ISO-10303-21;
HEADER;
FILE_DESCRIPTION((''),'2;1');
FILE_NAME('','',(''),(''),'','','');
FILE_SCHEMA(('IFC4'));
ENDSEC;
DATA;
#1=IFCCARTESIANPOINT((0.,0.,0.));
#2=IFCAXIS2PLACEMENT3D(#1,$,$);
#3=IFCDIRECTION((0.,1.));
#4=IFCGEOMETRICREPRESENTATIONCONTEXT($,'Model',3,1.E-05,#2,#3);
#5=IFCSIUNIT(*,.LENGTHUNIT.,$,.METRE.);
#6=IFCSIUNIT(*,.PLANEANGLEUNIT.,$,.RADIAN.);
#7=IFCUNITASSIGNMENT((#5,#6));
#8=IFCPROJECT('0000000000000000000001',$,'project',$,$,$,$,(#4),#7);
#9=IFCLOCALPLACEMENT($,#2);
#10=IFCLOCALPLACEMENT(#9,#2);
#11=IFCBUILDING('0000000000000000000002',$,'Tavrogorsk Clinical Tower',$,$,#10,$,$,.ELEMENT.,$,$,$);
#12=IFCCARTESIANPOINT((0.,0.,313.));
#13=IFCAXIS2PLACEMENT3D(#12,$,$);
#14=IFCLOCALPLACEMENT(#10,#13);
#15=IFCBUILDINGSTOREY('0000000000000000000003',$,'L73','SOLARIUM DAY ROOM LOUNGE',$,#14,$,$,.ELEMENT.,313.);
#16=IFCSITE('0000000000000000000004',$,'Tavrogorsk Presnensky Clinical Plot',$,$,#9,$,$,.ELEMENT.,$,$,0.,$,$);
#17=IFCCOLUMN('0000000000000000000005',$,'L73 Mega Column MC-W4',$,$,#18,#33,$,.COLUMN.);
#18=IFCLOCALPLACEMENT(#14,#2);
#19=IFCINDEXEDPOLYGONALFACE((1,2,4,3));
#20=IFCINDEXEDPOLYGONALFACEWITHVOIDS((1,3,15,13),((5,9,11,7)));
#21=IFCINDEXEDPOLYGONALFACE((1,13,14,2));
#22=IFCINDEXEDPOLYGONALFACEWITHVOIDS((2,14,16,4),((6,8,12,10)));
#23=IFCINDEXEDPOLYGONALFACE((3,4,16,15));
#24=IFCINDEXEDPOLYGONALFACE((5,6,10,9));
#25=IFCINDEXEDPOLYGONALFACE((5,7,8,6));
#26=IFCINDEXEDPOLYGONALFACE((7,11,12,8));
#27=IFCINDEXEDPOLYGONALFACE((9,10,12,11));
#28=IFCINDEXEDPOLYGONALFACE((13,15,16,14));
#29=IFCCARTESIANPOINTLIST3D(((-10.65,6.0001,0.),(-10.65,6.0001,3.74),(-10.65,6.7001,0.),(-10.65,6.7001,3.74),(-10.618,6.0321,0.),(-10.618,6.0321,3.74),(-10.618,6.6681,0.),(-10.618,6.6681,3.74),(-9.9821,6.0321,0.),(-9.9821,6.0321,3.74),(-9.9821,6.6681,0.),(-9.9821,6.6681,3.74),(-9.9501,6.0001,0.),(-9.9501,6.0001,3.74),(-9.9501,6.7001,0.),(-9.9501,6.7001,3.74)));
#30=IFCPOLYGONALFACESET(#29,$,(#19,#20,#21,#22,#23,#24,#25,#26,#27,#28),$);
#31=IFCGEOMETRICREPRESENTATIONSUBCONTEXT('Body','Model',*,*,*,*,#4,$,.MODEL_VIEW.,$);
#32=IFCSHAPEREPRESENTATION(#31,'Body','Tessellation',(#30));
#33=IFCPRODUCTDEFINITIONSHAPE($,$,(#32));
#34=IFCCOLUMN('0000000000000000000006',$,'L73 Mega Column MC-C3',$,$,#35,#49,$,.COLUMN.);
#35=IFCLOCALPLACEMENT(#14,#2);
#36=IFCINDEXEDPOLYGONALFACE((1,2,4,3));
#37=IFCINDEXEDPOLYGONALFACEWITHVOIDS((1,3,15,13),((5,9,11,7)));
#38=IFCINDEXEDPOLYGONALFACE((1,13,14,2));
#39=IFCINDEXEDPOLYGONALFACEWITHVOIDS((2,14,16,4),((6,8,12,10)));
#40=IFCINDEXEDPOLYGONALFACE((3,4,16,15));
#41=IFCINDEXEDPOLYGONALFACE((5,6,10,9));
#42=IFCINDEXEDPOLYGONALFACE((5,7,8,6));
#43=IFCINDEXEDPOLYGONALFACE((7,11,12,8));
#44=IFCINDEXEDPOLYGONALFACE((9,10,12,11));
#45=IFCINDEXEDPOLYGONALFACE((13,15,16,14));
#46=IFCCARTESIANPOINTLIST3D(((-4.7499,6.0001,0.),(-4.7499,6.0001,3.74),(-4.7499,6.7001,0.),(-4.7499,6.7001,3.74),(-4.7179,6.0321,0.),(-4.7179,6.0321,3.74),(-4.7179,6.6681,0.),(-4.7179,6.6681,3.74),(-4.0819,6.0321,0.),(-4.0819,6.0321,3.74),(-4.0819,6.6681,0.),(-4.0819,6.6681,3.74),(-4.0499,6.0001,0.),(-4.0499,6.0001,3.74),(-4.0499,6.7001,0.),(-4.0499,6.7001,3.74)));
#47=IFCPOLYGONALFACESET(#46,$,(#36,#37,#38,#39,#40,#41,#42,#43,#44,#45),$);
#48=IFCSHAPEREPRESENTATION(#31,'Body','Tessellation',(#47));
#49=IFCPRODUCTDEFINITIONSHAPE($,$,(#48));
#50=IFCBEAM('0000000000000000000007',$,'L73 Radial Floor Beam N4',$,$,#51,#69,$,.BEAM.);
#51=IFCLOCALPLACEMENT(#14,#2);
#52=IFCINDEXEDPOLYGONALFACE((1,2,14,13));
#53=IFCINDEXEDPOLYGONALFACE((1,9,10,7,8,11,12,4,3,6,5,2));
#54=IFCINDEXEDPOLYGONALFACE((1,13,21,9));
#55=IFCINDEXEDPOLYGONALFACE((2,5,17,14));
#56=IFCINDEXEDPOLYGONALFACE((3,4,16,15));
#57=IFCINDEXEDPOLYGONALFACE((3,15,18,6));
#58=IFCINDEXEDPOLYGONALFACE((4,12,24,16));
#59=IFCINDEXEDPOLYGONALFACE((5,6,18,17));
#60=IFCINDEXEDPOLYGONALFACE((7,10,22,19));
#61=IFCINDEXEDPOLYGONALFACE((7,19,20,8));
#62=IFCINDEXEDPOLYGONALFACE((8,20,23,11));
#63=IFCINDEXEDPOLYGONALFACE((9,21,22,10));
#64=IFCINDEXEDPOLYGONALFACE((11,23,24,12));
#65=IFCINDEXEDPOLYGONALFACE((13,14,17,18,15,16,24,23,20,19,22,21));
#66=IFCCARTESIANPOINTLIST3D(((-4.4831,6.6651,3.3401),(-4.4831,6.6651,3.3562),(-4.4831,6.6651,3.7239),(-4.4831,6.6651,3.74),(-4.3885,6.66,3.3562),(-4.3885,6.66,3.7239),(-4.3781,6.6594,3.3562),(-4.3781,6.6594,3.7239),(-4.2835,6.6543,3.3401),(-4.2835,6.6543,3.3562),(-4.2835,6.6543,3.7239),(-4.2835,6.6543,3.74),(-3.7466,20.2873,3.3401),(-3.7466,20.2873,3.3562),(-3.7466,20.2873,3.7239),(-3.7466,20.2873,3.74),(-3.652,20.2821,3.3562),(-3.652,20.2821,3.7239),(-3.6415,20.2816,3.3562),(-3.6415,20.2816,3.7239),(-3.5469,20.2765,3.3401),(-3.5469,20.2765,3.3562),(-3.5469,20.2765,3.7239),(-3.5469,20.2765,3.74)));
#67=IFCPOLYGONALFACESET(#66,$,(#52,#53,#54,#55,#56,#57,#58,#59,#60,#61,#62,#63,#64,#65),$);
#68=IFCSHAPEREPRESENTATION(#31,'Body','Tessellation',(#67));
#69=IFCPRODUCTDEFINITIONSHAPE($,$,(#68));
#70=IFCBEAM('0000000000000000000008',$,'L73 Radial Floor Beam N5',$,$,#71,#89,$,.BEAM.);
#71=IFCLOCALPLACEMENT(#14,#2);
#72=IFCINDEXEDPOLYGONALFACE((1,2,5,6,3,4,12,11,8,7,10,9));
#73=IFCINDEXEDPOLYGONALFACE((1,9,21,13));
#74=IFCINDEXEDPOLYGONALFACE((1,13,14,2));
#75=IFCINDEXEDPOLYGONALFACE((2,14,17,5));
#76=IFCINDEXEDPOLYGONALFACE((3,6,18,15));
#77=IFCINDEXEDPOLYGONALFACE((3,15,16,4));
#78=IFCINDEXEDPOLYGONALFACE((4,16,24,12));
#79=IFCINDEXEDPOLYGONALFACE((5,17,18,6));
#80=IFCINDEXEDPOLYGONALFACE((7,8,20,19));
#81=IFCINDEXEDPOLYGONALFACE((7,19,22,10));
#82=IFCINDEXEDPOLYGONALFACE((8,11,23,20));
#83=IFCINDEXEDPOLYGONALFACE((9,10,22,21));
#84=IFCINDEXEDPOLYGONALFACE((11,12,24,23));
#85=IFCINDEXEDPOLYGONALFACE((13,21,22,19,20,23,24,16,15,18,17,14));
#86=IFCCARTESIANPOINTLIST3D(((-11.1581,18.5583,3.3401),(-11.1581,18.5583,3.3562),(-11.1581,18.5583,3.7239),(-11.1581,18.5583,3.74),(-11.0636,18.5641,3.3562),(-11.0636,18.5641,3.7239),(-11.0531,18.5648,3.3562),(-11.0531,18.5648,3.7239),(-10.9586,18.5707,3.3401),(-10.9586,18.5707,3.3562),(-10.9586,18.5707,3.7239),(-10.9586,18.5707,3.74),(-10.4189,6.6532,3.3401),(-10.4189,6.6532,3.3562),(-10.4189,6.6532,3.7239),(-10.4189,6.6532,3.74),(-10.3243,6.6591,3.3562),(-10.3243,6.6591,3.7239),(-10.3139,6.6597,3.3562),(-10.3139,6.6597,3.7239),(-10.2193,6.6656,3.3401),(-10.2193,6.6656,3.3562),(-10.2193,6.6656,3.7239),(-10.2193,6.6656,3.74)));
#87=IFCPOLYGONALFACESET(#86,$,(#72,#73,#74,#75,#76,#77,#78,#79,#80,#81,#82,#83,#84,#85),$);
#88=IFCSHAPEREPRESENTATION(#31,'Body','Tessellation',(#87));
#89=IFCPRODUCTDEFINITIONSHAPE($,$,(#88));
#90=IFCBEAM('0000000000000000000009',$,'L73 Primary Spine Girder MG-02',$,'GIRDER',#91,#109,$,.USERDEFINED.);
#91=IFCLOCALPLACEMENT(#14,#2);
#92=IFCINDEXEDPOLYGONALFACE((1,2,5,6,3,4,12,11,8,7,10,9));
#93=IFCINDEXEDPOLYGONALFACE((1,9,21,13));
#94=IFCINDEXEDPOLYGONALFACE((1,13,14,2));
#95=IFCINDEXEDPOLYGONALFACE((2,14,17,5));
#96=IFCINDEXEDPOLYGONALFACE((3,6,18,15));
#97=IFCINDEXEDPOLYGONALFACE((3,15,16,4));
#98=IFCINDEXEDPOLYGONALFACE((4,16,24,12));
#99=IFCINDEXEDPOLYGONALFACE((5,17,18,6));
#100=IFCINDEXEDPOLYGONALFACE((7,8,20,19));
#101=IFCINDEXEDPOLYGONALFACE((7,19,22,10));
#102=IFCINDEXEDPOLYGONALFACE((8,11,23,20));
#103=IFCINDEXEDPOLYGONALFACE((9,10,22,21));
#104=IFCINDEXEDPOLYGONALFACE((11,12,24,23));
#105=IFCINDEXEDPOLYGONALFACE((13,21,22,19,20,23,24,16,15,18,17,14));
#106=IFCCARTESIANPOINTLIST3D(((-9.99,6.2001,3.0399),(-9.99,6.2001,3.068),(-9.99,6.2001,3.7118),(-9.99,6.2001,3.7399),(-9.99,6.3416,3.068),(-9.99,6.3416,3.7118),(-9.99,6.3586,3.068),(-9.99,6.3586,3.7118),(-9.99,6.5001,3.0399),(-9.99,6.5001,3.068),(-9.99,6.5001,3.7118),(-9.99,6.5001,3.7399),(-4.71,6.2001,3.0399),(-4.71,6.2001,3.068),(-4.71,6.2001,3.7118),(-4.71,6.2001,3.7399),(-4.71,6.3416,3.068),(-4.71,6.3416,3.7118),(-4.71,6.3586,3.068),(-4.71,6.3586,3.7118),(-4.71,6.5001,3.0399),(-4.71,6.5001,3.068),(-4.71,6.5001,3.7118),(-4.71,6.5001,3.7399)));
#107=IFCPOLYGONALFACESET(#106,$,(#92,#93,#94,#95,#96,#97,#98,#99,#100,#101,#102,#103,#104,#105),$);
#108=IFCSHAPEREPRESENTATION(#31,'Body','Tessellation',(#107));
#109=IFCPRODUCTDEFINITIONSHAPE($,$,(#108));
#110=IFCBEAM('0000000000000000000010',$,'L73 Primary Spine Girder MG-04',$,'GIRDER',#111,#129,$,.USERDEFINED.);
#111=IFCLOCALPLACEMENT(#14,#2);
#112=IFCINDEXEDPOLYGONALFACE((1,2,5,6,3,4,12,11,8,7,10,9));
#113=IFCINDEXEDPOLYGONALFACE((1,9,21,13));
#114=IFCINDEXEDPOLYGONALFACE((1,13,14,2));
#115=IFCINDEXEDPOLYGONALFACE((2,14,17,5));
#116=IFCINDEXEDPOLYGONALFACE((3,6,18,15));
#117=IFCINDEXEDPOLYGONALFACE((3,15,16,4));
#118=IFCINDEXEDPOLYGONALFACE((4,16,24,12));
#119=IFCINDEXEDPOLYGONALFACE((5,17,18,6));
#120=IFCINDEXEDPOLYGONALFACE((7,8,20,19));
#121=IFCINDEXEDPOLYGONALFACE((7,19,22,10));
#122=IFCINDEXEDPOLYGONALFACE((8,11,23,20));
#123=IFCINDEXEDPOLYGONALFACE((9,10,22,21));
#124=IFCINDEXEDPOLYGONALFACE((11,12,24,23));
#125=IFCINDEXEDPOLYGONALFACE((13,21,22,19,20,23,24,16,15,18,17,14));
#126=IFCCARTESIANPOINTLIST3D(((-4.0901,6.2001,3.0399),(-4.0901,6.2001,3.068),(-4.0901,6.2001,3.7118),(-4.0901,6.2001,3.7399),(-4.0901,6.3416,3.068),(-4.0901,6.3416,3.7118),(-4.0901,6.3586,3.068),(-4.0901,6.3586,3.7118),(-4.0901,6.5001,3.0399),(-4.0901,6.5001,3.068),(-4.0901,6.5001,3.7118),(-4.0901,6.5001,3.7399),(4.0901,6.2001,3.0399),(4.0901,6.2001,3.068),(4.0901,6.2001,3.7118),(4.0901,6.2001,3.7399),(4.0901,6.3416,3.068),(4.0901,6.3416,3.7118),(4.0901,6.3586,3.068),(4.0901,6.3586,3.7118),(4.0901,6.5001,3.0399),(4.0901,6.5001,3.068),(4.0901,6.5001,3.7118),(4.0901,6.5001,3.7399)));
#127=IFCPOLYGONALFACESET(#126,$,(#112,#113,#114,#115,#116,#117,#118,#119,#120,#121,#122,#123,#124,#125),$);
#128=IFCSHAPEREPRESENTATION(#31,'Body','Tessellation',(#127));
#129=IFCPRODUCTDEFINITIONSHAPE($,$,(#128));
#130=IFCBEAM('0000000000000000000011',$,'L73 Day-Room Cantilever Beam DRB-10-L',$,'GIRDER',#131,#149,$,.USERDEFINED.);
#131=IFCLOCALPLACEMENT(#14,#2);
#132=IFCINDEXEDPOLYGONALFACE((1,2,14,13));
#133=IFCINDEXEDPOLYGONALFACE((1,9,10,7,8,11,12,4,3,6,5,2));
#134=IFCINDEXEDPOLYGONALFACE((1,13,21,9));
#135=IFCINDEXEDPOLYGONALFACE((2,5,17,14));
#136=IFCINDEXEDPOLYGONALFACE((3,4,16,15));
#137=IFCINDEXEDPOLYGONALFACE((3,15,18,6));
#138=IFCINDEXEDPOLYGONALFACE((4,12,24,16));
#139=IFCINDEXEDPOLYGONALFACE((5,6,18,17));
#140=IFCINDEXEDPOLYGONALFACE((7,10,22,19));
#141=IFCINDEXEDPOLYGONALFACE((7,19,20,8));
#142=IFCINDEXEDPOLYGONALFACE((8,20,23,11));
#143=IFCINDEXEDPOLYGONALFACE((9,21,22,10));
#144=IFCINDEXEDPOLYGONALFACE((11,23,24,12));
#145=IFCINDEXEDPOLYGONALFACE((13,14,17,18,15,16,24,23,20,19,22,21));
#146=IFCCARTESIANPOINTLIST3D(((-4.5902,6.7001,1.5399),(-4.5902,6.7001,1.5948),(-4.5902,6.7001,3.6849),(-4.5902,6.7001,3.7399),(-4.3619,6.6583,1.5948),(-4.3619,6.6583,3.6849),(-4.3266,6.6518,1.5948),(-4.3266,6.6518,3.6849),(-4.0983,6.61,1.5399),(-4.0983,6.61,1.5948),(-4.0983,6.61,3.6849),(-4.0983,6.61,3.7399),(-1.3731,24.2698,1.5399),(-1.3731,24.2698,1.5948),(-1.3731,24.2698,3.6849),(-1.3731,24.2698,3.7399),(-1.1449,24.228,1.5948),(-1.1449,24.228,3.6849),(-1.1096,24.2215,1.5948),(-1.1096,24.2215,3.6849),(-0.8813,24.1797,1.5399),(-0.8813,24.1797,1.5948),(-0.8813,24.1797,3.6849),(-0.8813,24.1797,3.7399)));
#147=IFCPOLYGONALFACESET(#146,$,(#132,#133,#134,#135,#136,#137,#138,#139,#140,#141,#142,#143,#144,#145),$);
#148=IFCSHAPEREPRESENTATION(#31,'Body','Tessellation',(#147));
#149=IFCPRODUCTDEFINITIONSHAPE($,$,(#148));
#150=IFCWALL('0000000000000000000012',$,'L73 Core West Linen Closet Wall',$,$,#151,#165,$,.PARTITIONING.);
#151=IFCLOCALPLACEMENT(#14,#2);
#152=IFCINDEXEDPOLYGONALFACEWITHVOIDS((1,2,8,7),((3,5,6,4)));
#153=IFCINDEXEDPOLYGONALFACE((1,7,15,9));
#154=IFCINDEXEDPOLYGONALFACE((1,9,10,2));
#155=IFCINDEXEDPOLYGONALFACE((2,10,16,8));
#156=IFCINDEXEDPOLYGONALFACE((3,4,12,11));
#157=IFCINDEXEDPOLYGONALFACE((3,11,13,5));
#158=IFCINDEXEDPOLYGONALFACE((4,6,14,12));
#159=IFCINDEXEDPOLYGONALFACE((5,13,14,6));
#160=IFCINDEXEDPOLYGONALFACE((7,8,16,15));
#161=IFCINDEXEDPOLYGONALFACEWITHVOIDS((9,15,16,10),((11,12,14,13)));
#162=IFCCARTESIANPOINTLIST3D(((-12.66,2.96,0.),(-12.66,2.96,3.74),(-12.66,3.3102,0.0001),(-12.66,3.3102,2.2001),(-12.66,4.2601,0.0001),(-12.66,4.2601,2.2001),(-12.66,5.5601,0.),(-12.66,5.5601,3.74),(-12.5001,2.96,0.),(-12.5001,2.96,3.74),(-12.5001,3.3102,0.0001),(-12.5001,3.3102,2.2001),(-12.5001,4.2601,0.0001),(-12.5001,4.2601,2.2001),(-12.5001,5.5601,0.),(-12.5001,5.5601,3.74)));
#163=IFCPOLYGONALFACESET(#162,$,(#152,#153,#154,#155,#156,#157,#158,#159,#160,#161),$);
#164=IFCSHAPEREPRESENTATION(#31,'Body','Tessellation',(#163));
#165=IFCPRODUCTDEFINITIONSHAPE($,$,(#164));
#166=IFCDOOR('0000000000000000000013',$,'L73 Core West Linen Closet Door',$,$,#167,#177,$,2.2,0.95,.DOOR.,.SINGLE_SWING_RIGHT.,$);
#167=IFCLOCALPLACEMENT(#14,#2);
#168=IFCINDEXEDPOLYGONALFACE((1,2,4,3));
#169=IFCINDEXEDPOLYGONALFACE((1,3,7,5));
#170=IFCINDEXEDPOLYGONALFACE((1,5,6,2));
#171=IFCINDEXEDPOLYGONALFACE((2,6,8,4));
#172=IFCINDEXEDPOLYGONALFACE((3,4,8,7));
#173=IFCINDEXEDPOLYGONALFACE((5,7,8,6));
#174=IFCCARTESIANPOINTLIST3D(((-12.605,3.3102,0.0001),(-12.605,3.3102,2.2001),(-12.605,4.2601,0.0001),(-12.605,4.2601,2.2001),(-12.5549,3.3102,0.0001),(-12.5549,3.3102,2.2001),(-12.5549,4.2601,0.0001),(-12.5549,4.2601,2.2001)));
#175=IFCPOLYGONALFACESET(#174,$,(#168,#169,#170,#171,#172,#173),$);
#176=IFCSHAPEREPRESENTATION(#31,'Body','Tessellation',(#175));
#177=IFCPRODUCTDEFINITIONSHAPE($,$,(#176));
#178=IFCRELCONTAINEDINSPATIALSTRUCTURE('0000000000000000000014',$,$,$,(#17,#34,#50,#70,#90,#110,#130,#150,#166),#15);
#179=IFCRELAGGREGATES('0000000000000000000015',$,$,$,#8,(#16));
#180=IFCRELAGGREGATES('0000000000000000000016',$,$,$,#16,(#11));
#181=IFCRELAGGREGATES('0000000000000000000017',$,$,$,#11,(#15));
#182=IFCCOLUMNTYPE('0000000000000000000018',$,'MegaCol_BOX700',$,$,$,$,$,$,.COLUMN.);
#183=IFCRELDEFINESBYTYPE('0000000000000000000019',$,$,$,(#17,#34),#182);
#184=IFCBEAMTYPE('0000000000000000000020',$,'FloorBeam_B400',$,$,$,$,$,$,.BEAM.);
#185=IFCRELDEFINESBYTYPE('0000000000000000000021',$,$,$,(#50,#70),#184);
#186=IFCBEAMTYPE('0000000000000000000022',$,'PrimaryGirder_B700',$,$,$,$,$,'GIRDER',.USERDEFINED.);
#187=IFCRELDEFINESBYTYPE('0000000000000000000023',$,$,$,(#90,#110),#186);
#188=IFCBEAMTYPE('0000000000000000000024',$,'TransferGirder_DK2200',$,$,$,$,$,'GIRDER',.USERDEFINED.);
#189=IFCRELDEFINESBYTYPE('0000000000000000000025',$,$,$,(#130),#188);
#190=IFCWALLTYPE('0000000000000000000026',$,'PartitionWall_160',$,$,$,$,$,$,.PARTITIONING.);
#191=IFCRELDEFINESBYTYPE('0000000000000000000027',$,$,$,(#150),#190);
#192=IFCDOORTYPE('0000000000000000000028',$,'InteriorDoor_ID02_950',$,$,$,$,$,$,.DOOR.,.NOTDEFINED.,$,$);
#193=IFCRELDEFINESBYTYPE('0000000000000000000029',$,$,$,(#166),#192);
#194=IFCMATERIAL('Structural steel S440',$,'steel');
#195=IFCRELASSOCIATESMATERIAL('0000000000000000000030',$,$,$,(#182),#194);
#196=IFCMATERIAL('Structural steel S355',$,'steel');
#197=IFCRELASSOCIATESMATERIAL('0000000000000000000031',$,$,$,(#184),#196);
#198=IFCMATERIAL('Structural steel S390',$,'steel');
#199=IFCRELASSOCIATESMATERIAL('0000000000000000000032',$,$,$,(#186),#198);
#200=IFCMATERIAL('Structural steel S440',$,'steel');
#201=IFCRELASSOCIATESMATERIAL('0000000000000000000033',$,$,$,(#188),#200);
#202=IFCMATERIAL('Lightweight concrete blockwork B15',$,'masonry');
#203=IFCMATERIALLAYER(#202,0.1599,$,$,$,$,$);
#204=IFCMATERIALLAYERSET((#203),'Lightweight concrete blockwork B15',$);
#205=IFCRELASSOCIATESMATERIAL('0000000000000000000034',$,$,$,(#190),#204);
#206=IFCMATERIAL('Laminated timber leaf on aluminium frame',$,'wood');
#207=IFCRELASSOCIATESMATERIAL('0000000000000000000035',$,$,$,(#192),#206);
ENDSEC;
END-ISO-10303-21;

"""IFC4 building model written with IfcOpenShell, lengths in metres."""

from ifc_helpers import new_model, si_unit, direction, frame, frame_2d, origin, origin_2d, place, context, subcontext, project, spatial, rectangle, hollow_rectangle, i_section, extrude, material, layer, layer_set, material_profile, profile_set, type_object, element, fill, save


model = new_model("IFC4")

# Units and contexts
model_context = context("Model", 3, precision=1e-05, world=origin(), true_north=direction((0.0, 1.0)))
body_context = subcontext(model_context, "Body", "Model", "MODEL_VIEW")
ifc_project = project(units=[si_unit("LENGTHUNIT", "METRE"), si_unit("PLANEANGLEUNIT", "RADIAN")], contexts=[model_context])

# Site, building, storey
site_placement = place(None, origin())
site = spatial("IfcSite", under=ifc_project, at=site_placement, Name="Tavrogorsk Presnensky Clinical Plot", CompositionType="ELEMENT", RefElevation=0.0)
building_placement = place(site_placement, origin())
building = spatial("IfcBuilding", under=site, at=building_placement, Name="Tavrogorsk Clinical Tower", CompositionType="ELEMENT")
storey_placement = place(building_placement, frame((0.0, 0.0, 313.0)))
storey = spatial("IfcBuildingStorey", under=building, at=storey_placement, Name="L73", Description="SOLARIUM DAY ROOM LOUNGE", CompositionType="ELEMENT", Elevation=313.0)

# Columns
ifc_material_1 = material(Name="Structural steel S440", Category="steel")
ifc_material_profile_1 = material_profile(ifc_material_1, hollow_rectangle(XDim=0.7, YDim=0.7, WallThickness=0.032, at=origin_2d()), Name="BOX-700x700x32")
ifc_profile_set_1 = profile_set([ifc_material_profile_1], Name="Structural steel S440")
column_type = type_object("IfcColumnType", Name="MegaCol_BOX700", PredefinedType="COLUMN", material=ifc_profile_set_1)
for number, where, z_axis, x_axis, name in (
    (1, (-10.3, 6.3501, 0.0), (0.0, 0.0, 1.0), (1.0, 0.0, 0.0), "L73 Mega Column MC-W4"),
    (2, (-4.3999, 6.3501, 0.0), (0.0, 0.0, 1.0), (1.0, 0.0, 0.0), "L73 Mega Column MC-C3"),
):
    element("IfcColumn", number, at=place(storey_placement, frame(where, z_axis=z_axis, x_axis=x_axis)), inside=storey, type_object=column_type, Name=name, PredefinedType="COLUMN", context=body_context, shape_type="SweptSolid", body=[
        extrude(hollow_rectangle(XDim=0.7, YDim=0.7, WallThickness=0.032, at=origin_2d()), origin(), (0.0, 0.0, 1.0), 3.74),
    ])

# Beams
ifc_material_2 = material(Name="Structural steel S355", Category="steel")
ifc_material_profile_2 = material_profile(ifc_material_2, i_section(OverallWidth=0.2, OverallDepth=0.3999, WebThickness=0.0105, FlangeThickness=0.0161, at=origin_2d()), Name="B-400x200x10.5x16")
ifc_profile_set_2 = profile_set([ifc_material_profile_2], Name="Structural steel S355")
beam_type_1 = type_object("IfcBeamType", Name="FloorBeam_B400", PredefinedType="BEAM", material=ifc_profile_set_2)
beam_1_placement = place(storey_placement, frame((-4.3833, 6.6597, 3.54), z_axis=(0.053993, 0.998541, 0.0), x_axis=(-0.998541, 0.053993, 0.0)))
element("IfcBeam", 3, at=beam_1_placement, inside=storey, type_object=beam_type_1, Name="L73 Radial Floor Beam N4", PredefinedType="BEAM", context=body_context, shape_type="SweptSolid", body=[
    extrude(i_section(OverallWidth=0.2, OverallDepth=0.3999, WebThickness=0.0105, FlangeThickness=0.0161, at=origin_2d()), origin(), (0.0, 0.0, 1.0), 13.6421),
])
beam_2_placement = place(storey_placement, frame((-10.3191, 6.6594, 3.54), z_axis=(-0.061977, 0.998078, 0.0), x_axis=(-0.998078, -0.061977, 0.0)))
element("IfcBeam", 4, at=beam_2_placement, inside=storey, type_object=beam_type_1, Name="L73 Radial Floor Beam N5", PredefinedType="BEAM", context=body_context, shape_type="SweptSolid", body=[
    extrude(i_section(OverallWidth=0.2, OverallDepth=0.3999, WebThickness=0.0105, FlangeThickness=0.0161, at=origin_2d()), origin(), (0.0, 0.0, 1.0), 11.928),
])
ifc_material_3 = material(Name="Structural steel S390", Category="steel")
ifc_material_profile_3 = material_profile(ifc_material_3, i_section(OverallWidth=0.3, OverallDepth=0.7, WebThickness=0.0171, FlangeThickness=0.0281, at=origin_2d()), Name="B-700x300x17x28")
ifc_profile_set_3 = profile_set([ifc_material_profile_3], Name="Structural steel S390")
beam_type_2 = type_object("IfcBeamType", Name="PrimaryGirder_B700", ElementType="GIRDER", PredefinedType="USERDEFINED", material=ifc_profile_set_3)
beam_3_placement = place(storey_placement, frame((-9.99, 6.3501, 3.3899), z_axis=(1.0, 0.0, 0.0), x_axis=(0.0, 1.0, 0.0)))
element("IfcBeam", 5, at=beam_3_placement, inside=storey, type_object=beam_type_2, Name="L73 Primary Spine Girder MG-02", ObjectType="GIRDER", PredefinedType="USERDEFINED", context=body_context, shape_type="SweptSolid", body=[
    extrude(i_section(OverallWidth=0.3, OverallDepth=0.7, WebThickness=0.0171, FlangeThickness=0.0281, at=origin_2d()), origin(), (0.0, 0.0, 1.0), 5.28),
])
beam_4_placement = place(storey_placement, frame((-4.0901, 6.3501, 3.3899), z_axis=(1.0, 0.0, 0.0), x_axis=(0.0, 1.0, 0.0)))
element("IfcBeam", 6, at=beam_4_placement, inside=storey, type_object=beam_type_2, Name="L73 Primary Spine Girder MG-04", ObjectType="GIRDER", PredefinedType="USERDEFINED", context=body_context, shape_type="SweptSolid", body=[
    extrude(i_section(OverallWidth=0.3, OverallDepth=0.7, WebThickness=0.0171, FlangeThickness=0.0281, at=origin_2d()), origin(), (0.0, 0.0, 1.0), 8.1802),
])
ifc_material_4 = material(Name="Structural steel S440", Category="steel")
ifc_material_profile_4 = material_profile(ifc_material_4, i_section(OverallWidth=0.5, OverallDepth=2.2, WebThickness=0.0359, FlangeThickness=0.0549, at=origin_2d()), Name="DK-2200x500x36x55")
ifc_profile_set_4 = profile_set([ifc_material_profile_4], Name="Structural steel S440")
beam_type_3 = type_object("IfcBeamType", Name="TransferGirder_DK2200", ElementType="GIRDER", PredefinedType="USERDEFINED", material=ifc_profile_set_4)
beam_5_placement = place(storey_placement, frame((-4.3442, 6.655, 2.6399), z_axis=(0.180106, 0.983647, 0.0), x_axis=(-0.983647, 0.180106, 0.0)))
element("IfcBeam", 7, at=beam_5_placement, inside=storey, type_object=beam_type_3, Name="L73 Day-Room Cantilever Beam DRB-10-L", ObjectType="GIRDER", PredefinedType="USERDEFINED", context=body_context, shape_type="SweptSolid", body=[
    extrude(i_section(OverallWidth=0.5, OverallDepth=2.2, WebThickness=0.0359, FlangeThickness=0.0549, at=origin_2d()), origin(), (0.0, 0.0, 1.0), 17.8618),
])

# Wall, opening, door
ifc_material_5 = material(Name="Lightweight concrete blockwork B15", Category="masonry")
ifc_layer_1 = layer(ifc_material_5, 0.1599)
ifc_layer_set_1 = layer_set([ifc_layer_1], Name="Lightweight concrete blockwork B15")
wall_type_1 = type_object("IfcWallType", Name="PartitionWall_160", PredefinedType="PARTITIONING", material=ifc_layer_set_1)
wall_1_placement = place(storey_placement, frame((-12.5801, 2.96, 0.0), z_axis=(0.0, 0.0, 1.0), x_axis=(0.0, 1.0, 0.0)))
wall_1 = element("IfcWall", 8, at=wall_1_placement, inside=storey, type_object=wall_type_1, Name="L73 Core West Linen Closet Wall", PredefinedType="PARTITIONING", context=body_context, shape_type="SweptSolid", body=[
    extrude(rectangle(XDim=2.6001, YDim=0.1599, at=frame_2d((1.3, 0.0))), origin(), (0.0, 0.0, 1.0), 3.74),
])
opening_1_placement = place(wall_1_placement, frame((0.3501, 0.0, 0.0)))
opening_1 = element("IfcOpeningElement", 9, at=opening_1_placement, cuts=wall_1, PredefinedType="OPENING", context=body_context, shape_type="SweptSolid", body=[
    extrude(rectangle(XDim=0.95, YDim=2.2, at=frame_2d((0.4751, 1.1001))), frame((0.0, 0.0898, 0.0), z_axis=(0.0, -1.0, 0.0), x_axis=(1.0, 0.0, 0.0)), (0.0, 0.0, 1.0), 0.1799),
])
ifc_material_6 = material(Name="Laminated timber leaf on aluminium frame", Category="wood")
door_type_1 = type_object("IfcDoorType", Name="InteriorDoor_ID02_950", OperationType="NOTDEFINED", PredefinedType="DOOR", material=ifc_material_6)
door_1_placement = place(opening_1_placement, origin())
door_1 = element("IfcDoor", 10, at=door_1_placement, inside=storey, type_object=door_type_1, Name="L73 Core West Linen Closet Door", OperationType="SINGLE_SWING_RIGHT", OverallHeight=2.2, OverallWidth=0.95, PredefinedType="DOOR", context=body_context, shape_type="SweptSolid", body=[
    extrude(rectangle(XDim=0.95, YDim=2.2, at=frame_2d((0.4751, 1.1001))), frame((0.0, 0.0249, 0.0), z_axis=(0.0, -1.0, 0.0), x_axis=(1.0, 0.0, 0.0)), (0.0, 0.0, 1.0), 0.05),
])
fill(opening_1, door_1)

save(model, "model.ifc")
